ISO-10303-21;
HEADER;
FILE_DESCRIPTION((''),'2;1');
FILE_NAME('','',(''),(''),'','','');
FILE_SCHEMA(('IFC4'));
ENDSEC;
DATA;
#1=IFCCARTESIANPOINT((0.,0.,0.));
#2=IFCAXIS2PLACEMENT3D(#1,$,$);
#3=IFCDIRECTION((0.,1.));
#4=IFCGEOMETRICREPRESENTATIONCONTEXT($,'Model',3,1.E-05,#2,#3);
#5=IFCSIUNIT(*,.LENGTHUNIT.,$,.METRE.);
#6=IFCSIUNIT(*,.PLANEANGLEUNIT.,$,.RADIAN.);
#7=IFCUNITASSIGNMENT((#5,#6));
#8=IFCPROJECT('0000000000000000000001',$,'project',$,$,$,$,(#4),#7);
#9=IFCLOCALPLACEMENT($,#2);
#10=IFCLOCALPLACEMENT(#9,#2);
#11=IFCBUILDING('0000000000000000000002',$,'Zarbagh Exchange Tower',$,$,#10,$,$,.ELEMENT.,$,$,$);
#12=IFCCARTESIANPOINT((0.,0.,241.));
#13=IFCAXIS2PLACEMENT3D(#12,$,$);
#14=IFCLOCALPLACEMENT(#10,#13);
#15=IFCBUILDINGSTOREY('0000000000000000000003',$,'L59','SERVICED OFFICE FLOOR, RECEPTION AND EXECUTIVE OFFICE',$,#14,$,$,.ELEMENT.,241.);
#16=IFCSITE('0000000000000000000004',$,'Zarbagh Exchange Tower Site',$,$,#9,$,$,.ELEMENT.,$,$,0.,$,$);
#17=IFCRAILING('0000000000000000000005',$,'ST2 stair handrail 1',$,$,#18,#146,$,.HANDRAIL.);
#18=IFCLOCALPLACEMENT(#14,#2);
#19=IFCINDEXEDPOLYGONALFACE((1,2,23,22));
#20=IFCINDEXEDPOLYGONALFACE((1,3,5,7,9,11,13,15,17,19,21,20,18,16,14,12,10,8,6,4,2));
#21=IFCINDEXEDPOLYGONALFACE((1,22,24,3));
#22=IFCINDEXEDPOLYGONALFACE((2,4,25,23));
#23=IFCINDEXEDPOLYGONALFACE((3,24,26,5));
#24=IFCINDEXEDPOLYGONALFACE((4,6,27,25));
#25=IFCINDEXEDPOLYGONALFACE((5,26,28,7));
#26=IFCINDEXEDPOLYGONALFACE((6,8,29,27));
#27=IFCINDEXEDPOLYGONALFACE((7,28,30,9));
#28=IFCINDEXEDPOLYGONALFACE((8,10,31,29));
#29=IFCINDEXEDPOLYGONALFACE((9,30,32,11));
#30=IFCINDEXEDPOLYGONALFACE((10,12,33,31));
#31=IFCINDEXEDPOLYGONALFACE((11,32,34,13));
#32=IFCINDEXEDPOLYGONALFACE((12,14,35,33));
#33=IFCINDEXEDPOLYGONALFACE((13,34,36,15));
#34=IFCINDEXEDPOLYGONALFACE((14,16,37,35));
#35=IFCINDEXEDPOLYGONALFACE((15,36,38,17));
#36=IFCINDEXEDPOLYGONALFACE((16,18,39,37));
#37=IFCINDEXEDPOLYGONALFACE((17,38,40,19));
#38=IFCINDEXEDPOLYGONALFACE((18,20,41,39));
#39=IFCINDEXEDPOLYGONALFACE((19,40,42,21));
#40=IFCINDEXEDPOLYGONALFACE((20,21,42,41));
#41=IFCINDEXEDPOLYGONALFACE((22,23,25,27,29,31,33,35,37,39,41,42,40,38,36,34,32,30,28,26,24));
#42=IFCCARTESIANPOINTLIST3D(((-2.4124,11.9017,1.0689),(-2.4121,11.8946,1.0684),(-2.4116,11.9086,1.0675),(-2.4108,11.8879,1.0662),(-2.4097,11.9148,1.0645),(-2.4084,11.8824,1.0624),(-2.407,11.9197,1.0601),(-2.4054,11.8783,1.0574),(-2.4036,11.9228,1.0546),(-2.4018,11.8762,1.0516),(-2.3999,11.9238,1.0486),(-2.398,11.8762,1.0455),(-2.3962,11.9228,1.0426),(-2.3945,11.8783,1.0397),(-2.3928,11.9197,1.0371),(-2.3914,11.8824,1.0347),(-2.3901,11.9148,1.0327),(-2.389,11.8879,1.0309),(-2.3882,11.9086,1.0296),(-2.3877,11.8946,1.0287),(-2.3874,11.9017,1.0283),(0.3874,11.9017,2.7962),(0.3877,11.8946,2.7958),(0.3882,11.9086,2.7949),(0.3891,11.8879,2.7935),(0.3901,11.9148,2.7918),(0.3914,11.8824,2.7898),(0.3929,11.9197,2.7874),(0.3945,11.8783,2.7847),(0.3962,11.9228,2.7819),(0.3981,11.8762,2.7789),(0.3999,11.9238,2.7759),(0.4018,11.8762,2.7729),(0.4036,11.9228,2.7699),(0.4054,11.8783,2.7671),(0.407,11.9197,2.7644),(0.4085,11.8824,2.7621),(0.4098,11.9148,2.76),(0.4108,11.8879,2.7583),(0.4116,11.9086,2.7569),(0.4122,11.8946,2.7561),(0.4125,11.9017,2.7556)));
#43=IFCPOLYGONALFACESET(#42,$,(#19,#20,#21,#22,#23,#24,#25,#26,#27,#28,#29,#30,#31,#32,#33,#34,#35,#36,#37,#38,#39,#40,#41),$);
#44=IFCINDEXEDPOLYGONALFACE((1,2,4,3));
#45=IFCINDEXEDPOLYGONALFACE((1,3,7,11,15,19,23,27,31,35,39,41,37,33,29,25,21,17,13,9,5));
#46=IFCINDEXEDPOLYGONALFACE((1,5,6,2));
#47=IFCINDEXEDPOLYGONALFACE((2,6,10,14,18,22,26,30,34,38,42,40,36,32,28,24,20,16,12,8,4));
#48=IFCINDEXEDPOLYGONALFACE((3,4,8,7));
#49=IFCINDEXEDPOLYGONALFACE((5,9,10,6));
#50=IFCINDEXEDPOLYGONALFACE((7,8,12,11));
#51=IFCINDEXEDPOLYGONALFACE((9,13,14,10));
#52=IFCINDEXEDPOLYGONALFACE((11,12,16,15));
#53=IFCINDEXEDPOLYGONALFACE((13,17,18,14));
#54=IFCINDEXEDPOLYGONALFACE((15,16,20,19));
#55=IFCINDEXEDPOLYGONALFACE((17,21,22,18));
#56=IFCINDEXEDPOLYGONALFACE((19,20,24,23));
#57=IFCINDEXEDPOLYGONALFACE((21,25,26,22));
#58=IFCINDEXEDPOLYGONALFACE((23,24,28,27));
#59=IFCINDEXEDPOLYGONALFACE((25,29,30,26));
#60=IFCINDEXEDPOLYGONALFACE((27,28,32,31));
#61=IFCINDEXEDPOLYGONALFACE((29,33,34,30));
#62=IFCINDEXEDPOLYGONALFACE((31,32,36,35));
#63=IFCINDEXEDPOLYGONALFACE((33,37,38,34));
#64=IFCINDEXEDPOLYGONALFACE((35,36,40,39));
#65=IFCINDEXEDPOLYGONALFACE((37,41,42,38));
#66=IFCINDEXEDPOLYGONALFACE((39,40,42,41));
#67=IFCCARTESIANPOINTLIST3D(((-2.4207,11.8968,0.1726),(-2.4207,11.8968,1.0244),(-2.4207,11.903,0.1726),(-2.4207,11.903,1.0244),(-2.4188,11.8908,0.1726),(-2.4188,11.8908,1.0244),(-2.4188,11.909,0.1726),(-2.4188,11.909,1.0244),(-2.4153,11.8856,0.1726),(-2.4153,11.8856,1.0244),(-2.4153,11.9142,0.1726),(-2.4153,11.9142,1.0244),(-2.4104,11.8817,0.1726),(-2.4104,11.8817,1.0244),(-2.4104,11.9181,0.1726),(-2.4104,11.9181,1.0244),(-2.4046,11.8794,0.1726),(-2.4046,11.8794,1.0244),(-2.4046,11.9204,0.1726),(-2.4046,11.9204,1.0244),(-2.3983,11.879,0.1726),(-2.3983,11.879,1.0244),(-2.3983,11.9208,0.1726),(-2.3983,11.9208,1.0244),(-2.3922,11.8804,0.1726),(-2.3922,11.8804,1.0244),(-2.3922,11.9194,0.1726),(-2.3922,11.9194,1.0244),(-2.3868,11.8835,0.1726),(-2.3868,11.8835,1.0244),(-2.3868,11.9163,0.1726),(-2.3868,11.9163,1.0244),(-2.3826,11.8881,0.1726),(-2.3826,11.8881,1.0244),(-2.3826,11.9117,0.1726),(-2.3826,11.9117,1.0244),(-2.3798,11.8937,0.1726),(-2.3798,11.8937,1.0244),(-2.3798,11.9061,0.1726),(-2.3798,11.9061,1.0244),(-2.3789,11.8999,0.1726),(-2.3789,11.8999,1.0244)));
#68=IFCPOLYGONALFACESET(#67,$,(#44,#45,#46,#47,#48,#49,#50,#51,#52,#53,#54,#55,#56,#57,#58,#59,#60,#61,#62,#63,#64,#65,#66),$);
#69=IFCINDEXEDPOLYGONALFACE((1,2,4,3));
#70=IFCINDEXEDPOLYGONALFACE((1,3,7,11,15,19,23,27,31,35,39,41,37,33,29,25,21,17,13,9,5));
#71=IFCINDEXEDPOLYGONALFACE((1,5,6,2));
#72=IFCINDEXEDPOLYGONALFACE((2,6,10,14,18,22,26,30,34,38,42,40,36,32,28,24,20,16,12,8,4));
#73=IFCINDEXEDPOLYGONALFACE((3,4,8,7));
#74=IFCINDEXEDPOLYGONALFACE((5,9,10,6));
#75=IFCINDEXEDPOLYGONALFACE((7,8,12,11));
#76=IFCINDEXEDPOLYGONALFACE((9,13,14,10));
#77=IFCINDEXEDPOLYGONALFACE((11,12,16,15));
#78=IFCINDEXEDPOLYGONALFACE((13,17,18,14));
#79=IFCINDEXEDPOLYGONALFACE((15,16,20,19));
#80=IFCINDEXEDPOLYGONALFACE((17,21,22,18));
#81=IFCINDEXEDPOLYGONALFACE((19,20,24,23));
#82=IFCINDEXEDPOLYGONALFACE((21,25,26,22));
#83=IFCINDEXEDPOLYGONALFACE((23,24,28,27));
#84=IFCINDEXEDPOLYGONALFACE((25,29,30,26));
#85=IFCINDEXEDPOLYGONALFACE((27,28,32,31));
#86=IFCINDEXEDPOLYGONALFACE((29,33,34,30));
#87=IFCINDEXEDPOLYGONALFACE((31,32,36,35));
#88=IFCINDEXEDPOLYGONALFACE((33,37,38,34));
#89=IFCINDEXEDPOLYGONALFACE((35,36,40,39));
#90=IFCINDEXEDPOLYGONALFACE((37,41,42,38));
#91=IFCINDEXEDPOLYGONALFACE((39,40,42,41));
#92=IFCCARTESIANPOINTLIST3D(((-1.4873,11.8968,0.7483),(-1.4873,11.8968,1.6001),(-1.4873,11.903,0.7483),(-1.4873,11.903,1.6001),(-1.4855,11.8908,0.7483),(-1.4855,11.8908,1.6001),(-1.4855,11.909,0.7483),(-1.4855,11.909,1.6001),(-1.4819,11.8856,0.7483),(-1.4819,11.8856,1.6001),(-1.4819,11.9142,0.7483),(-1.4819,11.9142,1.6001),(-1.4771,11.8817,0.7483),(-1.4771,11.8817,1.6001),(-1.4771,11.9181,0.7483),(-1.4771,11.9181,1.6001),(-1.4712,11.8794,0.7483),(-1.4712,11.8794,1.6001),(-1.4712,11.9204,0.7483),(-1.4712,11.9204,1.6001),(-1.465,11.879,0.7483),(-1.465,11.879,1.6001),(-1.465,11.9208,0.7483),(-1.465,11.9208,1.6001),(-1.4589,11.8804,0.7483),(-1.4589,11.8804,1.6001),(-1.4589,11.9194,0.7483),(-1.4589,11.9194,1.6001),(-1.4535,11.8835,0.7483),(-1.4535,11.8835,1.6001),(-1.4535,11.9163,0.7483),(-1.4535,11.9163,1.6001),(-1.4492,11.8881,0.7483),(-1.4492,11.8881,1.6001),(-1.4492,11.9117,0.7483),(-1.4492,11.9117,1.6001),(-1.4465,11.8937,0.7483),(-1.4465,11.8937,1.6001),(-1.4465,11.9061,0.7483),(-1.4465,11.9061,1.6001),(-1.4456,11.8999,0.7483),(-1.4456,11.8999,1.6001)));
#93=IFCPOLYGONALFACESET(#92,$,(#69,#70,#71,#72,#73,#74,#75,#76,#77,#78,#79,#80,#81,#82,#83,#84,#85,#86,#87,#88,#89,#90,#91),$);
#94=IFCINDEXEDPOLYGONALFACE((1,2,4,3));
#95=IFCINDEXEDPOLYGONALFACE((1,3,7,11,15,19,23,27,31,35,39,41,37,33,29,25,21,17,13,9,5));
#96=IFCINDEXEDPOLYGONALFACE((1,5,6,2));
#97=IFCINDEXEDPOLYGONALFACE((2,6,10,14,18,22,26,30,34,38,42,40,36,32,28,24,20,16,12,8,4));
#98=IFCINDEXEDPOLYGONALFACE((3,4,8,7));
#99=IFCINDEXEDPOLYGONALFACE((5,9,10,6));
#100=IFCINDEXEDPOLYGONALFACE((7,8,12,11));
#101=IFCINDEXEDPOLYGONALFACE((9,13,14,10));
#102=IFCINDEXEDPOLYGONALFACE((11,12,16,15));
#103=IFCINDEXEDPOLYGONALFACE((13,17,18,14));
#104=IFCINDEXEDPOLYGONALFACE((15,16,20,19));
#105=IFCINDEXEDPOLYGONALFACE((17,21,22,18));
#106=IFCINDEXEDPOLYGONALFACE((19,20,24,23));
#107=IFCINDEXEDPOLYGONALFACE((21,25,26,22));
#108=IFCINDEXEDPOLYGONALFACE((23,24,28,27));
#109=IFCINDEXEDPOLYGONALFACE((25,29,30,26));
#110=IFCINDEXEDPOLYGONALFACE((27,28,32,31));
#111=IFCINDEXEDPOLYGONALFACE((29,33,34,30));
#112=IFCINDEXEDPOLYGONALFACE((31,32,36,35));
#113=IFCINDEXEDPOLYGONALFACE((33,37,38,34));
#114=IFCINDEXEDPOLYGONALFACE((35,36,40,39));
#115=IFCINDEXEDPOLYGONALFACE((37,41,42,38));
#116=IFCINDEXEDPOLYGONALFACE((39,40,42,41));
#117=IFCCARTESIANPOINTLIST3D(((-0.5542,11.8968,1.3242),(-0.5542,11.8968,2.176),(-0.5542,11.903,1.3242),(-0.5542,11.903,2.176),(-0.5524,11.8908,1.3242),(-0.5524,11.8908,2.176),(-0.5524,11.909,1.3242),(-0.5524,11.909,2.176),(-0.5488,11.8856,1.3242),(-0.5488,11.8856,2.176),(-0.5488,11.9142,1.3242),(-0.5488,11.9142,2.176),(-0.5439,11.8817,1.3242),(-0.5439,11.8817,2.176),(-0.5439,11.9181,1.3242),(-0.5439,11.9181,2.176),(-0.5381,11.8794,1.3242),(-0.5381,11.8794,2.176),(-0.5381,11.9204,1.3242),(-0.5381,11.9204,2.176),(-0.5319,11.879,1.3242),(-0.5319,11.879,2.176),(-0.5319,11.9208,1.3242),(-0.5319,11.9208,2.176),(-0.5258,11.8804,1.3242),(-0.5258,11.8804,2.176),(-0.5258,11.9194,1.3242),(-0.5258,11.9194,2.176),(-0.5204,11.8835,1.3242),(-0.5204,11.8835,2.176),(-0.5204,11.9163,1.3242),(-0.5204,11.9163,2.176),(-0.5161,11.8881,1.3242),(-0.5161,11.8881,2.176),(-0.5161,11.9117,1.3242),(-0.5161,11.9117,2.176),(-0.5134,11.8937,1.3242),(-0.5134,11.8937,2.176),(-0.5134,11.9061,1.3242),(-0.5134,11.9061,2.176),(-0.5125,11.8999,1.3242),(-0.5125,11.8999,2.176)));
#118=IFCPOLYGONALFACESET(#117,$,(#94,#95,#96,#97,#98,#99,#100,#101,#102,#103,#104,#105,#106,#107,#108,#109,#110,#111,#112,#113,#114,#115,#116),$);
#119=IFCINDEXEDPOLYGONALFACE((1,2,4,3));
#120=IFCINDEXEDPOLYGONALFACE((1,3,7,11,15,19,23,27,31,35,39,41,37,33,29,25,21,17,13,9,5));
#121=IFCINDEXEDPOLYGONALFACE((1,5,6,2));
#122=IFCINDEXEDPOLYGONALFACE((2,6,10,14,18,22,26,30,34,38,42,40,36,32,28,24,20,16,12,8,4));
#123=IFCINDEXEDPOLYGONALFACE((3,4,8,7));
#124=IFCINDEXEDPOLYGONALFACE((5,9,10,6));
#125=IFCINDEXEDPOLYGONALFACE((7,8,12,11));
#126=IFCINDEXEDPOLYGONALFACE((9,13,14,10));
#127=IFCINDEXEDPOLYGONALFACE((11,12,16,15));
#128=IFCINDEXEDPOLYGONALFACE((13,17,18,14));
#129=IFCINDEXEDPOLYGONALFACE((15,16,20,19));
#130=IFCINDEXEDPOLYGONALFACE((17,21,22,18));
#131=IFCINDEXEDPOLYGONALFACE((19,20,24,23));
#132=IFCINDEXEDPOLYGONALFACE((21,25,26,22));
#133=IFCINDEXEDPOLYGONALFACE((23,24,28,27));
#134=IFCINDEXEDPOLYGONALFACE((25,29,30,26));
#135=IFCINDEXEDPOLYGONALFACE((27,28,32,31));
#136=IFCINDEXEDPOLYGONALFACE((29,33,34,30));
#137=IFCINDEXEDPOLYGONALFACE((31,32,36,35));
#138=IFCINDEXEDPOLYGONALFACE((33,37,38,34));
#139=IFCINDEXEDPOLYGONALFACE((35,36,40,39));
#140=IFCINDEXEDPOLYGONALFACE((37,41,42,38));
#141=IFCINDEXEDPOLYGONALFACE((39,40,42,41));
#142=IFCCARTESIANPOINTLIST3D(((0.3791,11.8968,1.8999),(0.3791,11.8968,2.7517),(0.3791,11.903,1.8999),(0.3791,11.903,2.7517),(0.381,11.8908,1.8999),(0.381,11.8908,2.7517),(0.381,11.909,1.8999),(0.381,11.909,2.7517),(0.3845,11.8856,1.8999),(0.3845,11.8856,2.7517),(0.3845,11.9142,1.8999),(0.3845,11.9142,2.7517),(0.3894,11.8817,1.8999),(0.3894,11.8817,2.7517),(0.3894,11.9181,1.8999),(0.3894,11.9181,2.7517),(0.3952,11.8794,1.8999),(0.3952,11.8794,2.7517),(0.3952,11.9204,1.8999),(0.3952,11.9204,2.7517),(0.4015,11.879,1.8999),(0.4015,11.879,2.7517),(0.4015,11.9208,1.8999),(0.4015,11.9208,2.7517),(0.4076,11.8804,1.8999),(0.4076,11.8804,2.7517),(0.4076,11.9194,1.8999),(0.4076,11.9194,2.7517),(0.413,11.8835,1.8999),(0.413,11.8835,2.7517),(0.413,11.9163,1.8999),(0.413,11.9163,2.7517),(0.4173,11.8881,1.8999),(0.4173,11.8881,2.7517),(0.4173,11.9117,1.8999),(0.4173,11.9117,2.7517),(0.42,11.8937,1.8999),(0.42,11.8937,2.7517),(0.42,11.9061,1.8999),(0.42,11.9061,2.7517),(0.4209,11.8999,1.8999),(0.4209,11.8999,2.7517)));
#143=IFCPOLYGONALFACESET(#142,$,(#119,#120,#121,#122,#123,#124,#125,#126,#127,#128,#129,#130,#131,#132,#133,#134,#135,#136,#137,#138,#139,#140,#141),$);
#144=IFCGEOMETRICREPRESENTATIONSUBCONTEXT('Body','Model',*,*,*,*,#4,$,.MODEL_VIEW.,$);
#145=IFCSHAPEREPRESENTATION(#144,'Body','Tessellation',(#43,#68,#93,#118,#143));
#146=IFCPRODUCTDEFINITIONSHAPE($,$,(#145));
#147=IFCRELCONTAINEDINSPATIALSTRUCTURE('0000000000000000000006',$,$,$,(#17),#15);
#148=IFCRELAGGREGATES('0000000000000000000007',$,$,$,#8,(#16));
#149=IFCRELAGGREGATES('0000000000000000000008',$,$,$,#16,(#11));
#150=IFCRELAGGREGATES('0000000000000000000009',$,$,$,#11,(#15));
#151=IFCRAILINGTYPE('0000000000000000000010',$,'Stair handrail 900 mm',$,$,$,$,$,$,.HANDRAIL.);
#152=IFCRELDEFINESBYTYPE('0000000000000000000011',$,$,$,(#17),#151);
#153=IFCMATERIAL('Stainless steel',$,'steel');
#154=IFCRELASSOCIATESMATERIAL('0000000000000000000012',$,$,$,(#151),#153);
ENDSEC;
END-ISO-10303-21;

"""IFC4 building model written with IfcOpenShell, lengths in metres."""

from ifc_helpers import new_model, si_unit, direction, frame, origin, origin_2d, place, context, subcontext, project, spatial, circle, extrude, material, type_object, element, save


model = new_model("IFC4")

# Units and contexts
model_context = context("Model", 3, precision=1e-05, world=origin(), true_north=direction((0.0, 1.0)))
body_context = subcontext(model_context, "Body", "Model", "MODEL_VIEW")
ifc_project = project(units=[si_unit("LENGTHUNIT", "METRE"), si_unit("PLANEANGLEUNIT", "RADIAN")], contexts=[model_context])

# Site, building, storey
site_placement = place(None, origin())
site = spatial("IfcSite", under=ifc_project, at=site_placement, Name="Zarbagh Exchange Tower Site", CompositionType="ELEMENT", RefElevation=0.0)
building_placement = place(site_placement, origin())
building = spatial("IfcBuilding", under=site, at=building_placement, Name="Zarbagh Exchange Tower", CompositionType="ELEMENT")
storey_placement = place(building_placement, frame((0.0, 0.0, 241.0)))
storey = spatial("IfcBuildingStorey", under=building, at=storey_placement, Name="L59", Description="SERVICED OFFICE FLOOR, RECEPTION AND EXECUTIVE OFFICE", CompositionType="ELEMENT", Elevation=241.0)

# Railing
ifc_material_1 = material(Name="Stainless steel", Category="steel")
railing_type_1 = type_object("IfcRailingType", Name="Stair handrail 900 mm", PredefinedType="HANDRAIL", material=ifc_material_1)
railing_1_placement = place(storey_placement, frame((-2.3999, 11.8999, 0.1726)))
element("IfcRailing", 1, at=railing_1_placement, inside=storey, type_object=railing_type_1, Name="ST2 stair handrail 1", PredefinedType="HANDRAIL", context=body_context, shape_type="SweptSolid", body=[
    extrude(circle(Radius=0.0239, at=origin_2d()), frame((0.0, 0.0, 0.876), z_axis=(0.851069, 0.0, 0.525054), x_axis=(0.0, 1.0, 0.0)), (0.0, 0.0, 1.0), 3.2898),
    extrude(circle(Radius=0.021, at=origin_2d()), origin(), (0.0, 0.0, 1.0), 0.8518),
    extrude(circle(Radius=0.021, at=origin_2d()), frame((0.9333, 0.0, 0.5757)), (0.0, 0.0, 1.0), 0.8518),
    extrude(circle(Radius=0.021, at=origin_2d()), frame((1.8665, 0.0, 1.1516)), (0.0, 0.0, 1.0), 0.8518),
    extrude(circle(Radius=0.021, at=origin_2d()), frame((2.7998, 0.0, 1.7273)), (0.0, 0.0, 1.0), 0.8518),
])

save(model, "model.ifc")
